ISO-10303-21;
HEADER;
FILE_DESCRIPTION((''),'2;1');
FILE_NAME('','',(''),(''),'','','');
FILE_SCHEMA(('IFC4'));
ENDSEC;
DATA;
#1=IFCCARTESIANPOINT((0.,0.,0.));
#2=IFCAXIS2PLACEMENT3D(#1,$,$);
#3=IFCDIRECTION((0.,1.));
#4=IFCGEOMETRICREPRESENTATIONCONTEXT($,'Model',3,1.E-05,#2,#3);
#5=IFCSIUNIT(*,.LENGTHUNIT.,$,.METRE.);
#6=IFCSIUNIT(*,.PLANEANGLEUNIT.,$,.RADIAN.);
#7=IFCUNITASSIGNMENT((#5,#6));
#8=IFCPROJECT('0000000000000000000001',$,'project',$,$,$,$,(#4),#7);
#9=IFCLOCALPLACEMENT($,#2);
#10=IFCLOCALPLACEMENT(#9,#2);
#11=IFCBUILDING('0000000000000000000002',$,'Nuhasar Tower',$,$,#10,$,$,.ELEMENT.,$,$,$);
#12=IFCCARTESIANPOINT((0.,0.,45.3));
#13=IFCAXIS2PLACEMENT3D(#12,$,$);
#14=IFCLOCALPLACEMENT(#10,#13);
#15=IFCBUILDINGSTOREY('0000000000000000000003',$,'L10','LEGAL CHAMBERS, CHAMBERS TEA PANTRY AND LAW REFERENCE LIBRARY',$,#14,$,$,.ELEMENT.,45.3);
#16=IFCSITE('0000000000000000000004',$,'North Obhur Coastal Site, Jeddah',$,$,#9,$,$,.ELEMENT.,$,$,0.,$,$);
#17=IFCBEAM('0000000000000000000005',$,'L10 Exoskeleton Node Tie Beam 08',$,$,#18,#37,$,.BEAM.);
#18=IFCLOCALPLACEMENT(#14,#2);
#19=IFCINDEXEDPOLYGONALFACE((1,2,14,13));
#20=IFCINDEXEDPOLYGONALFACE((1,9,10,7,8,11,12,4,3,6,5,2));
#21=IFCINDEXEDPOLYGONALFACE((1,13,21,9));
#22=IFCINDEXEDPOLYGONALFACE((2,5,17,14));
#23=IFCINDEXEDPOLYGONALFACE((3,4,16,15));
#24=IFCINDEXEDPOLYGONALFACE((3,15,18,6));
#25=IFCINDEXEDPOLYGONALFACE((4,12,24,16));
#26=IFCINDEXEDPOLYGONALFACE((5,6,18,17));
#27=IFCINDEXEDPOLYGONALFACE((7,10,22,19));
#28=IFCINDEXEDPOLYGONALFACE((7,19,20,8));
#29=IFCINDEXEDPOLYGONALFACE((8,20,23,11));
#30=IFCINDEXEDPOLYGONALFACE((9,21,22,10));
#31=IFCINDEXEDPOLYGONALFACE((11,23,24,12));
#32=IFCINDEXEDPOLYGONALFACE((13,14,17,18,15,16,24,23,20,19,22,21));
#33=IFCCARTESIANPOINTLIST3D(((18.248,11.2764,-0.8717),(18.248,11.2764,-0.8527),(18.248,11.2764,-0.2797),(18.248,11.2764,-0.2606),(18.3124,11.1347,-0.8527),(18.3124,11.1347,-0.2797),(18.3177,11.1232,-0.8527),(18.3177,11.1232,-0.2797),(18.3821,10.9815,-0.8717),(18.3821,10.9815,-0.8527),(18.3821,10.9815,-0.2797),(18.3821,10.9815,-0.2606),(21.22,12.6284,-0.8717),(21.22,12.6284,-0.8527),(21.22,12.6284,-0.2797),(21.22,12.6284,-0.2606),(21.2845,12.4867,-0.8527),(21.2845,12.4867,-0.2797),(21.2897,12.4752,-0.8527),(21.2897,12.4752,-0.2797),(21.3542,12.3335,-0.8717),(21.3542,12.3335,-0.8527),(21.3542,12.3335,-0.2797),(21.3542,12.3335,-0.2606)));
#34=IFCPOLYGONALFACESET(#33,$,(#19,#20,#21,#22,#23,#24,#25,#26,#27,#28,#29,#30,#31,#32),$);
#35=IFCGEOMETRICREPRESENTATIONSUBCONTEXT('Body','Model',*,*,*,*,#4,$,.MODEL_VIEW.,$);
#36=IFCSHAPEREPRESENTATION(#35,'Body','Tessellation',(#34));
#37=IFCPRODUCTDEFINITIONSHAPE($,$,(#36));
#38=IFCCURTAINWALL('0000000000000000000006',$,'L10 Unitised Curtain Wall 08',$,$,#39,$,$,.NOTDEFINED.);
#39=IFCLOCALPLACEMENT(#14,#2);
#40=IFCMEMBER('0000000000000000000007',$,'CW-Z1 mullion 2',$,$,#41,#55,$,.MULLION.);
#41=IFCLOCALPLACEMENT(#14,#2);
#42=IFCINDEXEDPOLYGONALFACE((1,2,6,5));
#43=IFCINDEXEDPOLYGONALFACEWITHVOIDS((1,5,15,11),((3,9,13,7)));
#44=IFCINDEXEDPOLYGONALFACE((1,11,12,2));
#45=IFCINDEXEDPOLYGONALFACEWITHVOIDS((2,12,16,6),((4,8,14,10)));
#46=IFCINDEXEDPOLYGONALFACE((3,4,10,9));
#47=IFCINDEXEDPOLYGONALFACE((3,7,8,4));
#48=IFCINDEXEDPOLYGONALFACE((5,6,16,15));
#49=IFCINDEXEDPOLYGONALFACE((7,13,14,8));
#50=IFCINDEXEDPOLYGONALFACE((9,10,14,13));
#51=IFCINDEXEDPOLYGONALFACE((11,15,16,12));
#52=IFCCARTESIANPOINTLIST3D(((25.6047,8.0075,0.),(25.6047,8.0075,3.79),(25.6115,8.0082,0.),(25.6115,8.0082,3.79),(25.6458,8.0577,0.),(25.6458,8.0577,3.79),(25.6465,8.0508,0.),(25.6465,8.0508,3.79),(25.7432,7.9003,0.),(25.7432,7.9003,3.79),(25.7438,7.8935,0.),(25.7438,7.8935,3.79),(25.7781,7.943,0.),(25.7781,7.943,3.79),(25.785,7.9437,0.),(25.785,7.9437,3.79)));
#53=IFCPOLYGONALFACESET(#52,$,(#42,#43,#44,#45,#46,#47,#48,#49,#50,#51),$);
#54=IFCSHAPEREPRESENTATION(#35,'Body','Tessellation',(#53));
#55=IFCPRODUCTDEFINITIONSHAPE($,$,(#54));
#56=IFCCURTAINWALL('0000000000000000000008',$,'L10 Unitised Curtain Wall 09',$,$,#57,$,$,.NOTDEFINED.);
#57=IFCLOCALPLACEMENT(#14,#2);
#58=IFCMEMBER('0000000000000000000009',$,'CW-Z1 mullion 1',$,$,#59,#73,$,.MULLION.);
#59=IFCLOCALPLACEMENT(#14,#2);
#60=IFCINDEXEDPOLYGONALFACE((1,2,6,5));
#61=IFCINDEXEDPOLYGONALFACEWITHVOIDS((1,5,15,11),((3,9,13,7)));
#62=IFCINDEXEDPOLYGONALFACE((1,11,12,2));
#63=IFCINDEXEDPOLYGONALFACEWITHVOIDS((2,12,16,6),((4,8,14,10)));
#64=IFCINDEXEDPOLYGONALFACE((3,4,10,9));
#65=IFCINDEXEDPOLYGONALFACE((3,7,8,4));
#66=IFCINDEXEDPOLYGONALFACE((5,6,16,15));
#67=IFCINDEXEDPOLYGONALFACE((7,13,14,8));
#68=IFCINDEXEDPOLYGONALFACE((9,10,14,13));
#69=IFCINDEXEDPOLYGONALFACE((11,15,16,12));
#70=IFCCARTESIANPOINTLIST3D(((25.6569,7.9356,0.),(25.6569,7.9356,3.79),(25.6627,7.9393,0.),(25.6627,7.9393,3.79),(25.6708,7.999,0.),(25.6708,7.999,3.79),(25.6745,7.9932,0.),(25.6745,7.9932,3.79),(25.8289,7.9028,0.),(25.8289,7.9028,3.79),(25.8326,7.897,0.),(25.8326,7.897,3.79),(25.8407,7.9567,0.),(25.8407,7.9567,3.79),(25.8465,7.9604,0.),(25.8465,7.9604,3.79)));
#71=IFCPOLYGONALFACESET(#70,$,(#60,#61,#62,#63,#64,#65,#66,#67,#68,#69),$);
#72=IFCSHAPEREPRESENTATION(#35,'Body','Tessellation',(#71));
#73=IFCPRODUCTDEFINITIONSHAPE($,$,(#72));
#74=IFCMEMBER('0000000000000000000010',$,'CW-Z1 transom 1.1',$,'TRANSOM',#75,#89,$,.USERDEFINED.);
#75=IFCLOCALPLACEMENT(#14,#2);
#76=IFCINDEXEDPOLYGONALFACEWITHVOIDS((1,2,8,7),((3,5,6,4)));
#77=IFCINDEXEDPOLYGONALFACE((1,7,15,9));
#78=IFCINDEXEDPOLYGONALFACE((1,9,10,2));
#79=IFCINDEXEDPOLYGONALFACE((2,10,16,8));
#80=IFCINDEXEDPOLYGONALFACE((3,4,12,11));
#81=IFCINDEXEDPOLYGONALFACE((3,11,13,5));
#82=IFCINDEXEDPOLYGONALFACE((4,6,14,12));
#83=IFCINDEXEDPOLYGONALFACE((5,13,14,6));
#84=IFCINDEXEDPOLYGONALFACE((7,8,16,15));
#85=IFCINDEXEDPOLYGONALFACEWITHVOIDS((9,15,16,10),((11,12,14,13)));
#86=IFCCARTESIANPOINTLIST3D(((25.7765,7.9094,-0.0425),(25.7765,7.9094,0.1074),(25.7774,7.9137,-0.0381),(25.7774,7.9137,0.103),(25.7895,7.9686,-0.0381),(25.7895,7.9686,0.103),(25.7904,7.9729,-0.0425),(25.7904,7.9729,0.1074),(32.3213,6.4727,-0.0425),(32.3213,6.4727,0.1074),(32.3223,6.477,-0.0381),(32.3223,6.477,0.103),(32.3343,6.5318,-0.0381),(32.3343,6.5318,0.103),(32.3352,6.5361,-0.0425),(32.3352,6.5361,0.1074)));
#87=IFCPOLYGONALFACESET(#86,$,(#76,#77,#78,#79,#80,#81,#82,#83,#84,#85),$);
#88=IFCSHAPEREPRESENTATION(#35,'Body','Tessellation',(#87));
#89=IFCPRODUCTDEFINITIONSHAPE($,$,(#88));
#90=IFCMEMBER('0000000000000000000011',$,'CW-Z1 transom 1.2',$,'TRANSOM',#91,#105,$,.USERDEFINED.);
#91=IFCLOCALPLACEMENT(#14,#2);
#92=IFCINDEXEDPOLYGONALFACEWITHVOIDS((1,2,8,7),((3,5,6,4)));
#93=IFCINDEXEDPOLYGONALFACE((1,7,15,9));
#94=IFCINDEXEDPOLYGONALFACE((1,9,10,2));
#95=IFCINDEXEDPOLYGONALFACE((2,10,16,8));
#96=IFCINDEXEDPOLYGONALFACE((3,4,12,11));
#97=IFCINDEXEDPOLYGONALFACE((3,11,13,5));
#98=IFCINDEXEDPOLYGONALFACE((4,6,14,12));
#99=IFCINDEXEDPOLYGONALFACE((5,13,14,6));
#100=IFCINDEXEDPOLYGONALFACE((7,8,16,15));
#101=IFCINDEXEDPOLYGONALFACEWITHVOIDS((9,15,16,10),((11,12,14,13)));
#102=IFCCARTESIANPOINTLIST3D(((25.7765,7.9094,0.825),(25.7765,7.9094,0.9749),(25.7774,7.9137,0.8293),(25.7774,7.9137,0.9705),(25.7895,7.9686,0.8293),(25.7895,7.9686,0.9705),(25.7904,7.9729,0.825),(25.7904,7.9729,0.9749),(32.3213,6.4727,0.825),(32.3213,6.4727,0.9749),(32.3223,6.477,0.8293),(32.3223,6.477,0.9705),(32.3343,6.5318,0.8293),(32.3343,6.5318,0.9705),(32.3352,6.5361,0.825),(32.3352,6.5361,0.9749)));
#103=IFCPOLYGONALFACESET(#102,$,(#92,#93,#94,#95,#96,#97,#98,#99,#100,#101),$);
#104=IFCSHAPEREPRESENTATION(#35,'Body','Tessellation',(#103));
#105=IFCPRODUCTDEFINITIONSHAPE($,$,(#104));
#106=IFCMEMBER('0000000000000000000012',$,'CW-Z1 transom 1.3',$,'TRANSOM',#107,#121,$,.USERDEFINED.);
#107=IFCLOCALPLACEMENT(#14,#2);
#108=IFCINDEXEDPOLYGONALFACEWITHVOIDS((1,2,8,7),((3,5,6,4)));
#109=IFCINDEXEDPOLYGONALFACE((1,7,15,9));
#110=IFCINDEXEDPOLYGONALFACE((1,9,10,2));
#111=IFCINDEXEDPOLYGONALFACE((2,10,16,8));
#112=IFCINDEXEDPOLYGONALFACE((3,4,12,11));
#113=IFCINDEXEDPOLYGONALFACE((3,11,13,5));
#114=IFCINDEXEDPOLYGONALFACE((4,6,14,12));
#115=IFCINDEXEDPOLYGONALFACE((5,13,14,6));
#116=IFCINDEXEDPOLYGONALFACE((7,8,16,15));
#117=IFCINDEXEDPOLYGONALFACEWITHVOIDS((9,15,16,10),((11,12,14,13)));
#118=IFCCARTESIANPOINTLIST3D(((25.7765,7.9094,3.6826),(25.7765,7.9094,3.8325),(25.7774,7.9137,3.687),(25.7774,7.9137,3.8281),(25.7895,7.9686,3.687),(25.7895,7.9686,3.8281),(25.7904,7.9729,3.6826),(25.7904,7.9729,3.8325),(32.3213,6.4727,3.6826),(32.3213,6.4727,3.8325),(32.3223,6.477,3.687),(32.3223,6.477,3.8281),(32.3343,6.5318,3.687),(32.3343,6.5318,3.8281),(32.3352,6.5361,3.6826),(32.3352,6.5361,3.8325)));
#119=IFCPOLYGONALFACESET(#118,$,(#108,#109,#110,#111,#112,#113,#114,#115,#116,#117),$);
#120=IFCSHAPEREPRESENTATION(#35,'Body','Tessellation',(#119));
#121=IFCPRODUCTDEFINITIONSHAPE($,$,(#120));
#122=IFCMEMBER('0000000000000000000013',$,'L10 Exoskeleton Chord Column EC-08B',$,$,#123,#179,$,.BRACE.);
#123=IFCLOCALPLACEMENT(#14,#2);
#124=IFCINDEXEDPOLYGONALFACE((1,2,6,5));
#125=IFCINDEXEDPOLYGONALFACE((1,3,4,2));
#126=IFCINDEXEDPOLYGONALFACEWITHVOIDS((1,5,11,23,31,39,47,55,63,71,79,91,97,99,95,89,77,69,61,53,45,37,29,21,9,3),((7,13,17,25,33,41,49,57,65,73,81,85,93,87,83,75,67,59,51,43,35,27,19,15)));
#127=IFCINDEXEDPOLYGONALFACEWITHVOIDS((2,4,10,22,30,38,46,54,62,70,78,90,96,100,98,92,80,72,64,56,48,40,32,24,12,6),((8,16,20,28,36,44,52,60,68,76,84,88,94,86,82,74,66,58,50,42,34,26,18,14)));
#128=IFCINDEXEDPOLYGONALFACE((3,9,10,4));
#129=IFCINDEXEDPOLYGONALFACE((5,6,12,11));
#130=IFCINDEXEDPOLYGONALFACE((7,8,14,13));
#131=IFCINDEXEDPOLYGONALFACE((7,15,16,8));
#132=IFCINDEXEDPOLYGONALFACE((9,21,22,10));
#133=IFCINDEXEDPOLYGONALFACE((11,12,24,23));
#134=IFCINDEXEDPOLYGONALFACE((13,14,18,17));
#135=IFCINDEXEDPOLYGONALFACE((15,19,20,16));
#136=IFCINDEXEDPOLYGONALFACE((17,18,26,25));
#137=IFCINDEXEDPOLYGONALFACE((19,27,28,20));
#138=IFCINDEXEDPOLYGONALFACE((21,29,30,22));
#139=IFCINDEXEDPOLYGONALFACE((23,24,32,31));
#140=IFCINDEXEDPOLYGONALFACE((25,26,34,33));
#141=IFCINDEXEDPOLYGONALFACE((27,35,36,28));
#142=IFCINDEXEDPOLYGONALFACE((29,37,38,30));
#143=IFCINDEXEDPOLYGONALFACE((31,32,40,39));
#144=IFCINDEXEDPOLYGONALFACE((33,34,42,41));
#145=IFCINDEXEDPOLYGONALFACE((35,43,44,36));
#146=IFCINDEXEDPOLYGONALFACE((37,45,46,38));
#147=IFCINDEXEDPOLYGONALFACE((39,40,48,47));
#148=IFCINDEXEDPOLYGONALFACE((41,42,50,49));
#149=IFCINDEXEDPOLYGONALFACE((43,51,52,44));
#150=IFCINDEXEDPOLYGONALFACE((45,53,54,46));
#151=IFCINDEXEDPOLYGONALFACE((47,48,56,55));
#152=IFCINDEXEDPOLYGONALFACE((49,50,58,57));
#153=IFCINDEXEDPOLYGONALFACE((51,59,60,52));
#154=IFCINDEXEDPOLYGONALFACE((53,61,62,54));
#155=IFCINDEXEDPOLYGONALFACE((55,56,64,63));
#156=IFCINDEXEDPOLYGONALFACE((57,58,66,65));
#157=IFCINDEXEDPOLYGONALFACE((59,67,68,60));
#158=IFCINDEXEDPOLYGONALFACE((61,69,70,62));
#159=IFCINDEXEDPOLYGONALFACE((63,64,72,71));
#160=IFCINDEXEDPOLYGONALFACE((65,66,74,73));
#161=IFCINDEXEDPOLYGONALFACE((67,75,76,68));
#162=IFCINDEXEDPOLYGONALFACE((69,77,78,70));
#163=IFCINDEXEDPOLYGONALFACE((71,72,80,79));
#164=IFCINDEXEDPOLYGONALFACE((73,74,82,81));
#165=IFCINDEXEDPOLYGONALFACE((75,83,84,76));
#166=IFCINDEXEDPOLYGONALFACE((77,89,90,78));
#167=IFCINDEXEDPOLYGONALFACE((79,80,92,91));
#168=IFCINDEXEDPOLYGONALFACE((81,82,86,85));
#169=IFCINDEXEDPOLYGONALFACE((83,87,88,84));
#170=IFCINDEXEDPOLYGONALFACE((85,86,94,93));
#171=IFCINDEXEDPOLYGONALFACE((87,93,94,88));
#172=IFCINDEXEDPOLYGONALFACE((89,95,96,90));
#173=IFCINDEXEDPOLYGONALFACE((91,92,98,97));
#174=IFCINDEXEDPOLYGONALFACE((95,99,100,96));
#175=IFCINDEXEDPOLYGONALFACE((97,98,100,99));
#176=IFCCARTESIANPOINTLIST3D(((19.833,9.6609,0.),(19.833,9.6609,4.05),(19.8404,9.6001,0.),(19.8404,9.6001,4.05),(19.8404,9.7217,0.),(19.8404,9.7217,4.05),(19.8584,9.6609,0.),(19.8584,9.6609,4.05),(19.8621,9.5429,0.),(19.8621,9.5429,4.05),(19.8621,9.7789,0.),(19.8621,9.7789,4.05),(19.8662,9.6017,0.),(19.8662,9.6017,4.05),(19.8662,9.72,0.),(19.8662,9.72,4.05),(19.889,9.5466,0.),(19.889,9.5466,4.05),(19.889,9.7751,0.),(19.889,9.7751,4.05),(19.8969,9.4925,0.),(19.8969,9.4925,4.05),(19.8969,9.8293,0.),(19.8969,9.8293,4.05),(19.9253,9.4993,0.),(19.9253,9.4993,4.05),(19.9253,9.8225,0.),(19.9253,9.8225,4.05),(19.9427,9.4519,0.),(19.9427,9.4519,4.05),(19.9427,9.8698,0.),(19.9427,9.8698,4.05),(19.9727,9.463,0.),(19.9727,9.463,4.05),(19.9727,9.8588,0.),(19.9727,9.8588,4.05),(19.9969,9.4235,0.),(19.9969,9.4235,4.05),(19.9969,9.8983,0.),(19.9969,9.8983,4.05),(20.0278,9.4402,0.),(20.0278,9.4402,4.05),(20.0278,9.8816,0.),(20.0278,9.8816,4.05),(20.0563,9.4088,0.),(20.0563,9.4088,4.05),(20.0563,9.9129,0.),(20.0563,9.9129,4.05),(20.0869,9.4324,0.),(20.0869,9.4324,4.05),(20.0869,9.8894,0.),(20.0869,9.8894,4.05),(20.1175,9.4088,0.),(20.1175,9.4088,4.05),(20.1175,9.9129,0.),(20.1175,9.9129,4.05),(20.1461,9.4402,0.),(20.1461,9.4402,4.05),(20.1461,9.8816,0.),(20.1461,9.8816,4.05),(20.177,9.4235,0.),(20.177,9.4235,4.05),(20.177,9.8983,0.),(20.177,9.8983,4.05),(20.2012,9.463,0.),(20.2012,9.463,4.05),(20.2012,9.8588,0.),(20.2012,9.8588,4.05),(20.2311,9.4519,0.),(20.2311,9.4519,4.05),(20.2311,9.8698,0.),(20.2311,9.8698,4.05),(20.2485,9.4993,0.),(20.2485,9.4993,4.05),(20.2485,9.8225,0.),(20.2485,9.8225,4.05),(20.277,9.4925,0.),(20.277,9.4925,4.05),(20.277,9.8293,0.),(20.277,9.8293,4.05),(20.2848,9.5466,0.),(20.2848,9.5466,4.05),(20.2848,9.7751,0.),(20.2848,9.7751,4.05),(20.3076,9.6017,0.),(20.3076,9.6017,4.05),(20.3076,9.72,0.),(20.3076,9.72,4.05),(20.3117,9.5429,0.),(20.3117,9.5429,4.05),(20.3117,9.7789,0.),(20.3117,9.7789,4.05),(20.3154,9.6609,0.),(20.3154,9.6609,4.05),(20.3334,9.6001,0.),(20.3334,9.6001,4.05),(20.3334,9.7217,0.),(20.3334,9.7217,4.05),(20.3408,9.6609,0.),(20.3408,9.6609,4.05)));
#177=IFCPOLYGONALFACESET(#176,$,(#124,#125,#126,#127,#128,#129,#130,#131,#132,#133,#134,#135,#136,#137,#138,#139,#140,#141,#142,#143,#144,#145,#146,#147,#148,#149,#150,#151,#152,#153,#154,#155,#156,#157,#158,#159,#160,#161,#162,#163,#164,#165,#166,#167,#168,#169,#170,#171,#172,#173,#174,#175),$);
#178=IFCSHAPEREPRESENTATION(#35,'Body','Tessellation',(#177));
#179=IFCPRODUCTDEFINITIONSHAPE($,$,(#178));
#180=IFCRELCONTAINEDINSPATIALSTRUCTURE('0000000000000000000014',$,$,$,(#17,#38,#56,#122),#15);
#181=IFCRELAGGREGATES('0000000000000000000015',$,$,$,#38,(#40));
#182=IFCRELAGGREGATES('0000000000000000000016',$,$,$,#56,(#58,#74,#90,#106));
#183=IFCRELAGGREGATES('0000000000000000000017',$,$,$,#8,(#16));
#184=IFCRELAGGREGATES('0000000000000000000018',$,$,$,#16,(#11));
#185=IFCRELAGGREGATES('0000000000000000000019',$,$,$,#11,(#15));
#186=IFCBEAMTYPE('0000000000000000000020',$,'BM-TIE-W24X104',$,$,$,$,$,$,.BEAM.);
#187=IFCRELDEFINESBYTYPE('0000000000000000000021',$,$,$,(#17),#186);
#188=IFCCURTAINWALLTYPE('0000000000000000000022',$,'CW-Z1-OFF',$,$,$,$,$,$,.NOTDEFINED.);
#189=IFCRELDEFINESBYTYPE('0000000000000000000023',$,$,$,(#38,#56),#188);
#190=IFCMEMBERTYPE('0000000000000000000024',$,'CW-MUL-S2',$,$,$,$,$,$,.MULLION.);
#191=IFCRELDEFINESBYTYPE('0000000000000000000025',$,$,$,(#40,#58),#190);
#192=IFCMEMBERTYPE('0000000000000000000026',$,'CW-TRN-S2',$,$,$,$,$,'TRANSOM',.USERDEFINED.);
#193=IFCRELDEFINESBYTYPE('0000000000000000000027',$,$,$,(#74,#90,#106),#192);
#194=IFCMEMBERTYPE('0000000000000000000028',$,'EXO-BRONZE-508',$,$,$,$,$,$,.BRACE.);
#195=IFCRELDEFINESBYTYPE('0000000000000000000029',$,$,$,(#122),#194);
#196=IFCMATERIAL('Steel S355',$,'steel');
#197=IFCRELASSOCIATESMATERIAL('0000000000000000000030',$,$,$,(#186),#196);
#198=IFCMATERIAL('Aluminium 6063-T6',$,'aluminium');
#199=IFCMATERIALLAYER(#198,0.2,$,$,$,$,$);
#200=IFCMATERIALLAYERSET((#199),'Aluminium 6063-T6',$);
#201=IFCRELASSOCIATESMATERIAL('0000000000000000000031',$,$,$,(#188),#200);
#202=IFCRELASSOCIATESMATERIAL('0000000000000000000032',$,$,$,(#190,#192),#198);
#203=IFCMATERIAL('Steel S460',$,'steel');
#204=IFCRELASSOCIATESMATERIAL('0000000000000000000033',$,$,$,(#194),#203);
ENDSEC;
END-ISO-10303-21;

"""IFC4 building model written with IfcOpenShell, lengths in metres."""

from ifc_helpers import new_model, si_unit, direction, frame, origin, origin_2d, place, context, subcontext, project, spatial, hollow_rectangle, hollow_circle, i_section, extrude, material, layer, layer_set, material_profile, profile_set, type_object, element, aggregate, save


model = new_model("IFC4")

# Units and contexts
model_context = context("Model", 3, precision=1e-05, world=origin(), true_north=direction((0.0, 1.0)))
body_context = subcontext(model_context, "Body", "Model", "MODEL_VIEW")
ifc_project = project(units=[si_unit("LENGTHUNIT", "METRE"), si_unit("PLANEANGLEUNIT", "RADIAN")], contexts=[model_context])

# Site, building, storey
site_placement = place(None, origin())
site = spatial("IfcSite", under=ifc_project, at=site_placement, Name="North Obhur Coastal Site, Jeddah", CompositionType="ELEMENT", RefElevation=0.0)
building_placement = place(site_placement, origin())
building = spatial("IfcBuilding", under=site, at=building_placement, Name="Nuhasar Tower", CompositionType="ELEMENT")
storey_placement = place(building_placement, frame((0.0, 0.0, 45.3)))
storey = spatial("IfcBuildingStorey", under=building, at=storey_placement, Name="L10", Description="LEGAL CHAMBERS, CHAMBERS TEA PANTRY AND LAW REFERENCE LIBRARY", CompositionType="ELEMENT", Elevation=45.3)

# Beam
ifc_material_1 = material(Name="Steel S355", Category="steel")
ifc_material_profile_1 = material_profile(ifc_material_1, i_section(OverallWidth=0.324, OverallDepth=0.6111, WebThickness=0.0127, FlangeThickness=0.019, at=origin_2d()), Name="W24X104")
ifc_profile_set_1 = profile_set([ifc_material_profile_1], Name="Steel S355")
beam_type_1 = type_object("IfcBeamType", Name="BM-TIE-W24X104", PredefinedType="BEAM", material=ifc_profile_set_1)
beam_1_placement = place(storey_placement, frame((21.2871, 12.481, -0.5662), z_axis=(-0.910244, -0.414073, 0.0), x_axis=(0.414073, -0.910244, 0.0)))
element("IfcBeam", 1, at=beam_1_placement, inside=storey, type_object=beam_type_1, Name="L10 Exoskeleton Node Tie Beam 08", PredefinedType="BEAM", context=body_context, shape_type="SweptSolid", body=[
    extrude(i_section(OverallWidth=0.324, OverallDepth=0.6111, WebThickness=0.0127, FlangeThickness=0.019, at=origin_2d()), origin(), (0.0, 0.0, 1.0), 3.2651),
])

# Curtain wall, member
ifc_material_2 = material(Name="Aluminium 6063-T6", Category="aluminium")
ifc_layer_1 = layer(ifc_material_2, 0.2)
ifc_layer_set_1 = layer_set([ifc_layer_1], Name="Aluminium 6063-T6")
curtain_wall_type = type_object("IfcCurtainWallType", Name="CW-Z1-OFF", PredefinedType="NOTDEFINED", material=ifc_layer_set_1)
curtain_wall_1_placement = place(storey_placement, origin())
curtain_wall_1 = element("IfcCurtainWall", 2, at=curtain_wall_1_placement, inside=storey, type_object=curtain_wall_type, Name="L10 Unitised Curtain Wall 08", PredefinedType="NOTDEFINED")
ifc_material_profile_2 = material_profile(ifc_material_2, hollow_rectangle(XDim=0.0649, YDim=0.1799, WallThickness=0.0049, at=origin_2d()), Name="CWM-2")
ifc_profile_set_2 = profile_set([ifc_material_profile_2], Name="Aluminium 6063-T6")
member_type_1 = type_object("IfcMemberType", Name="CW-MUL-S2", PredefinedType="MULLION", material=ifc_profile_set_2)
member_1_placement = place(storey_placement, frame((25.6948, 7.9756, 0.0), z_axis=(0.0, 0.0, 1.0), x_axis=(0.633745, 0.773542, 0.0)))
member_1 = element("IfcMember", 3, at=member_1_placement, type_object=member_type_1, Name="CW-Z1 mullion 2", PredefinedType="MULLION", context=body_context, shape_type="SweptSolid", body=[
    extrude(hollow_rectangle(XDim=0.0649, YDim=0.1799, WallThickness=0.0049, at=origin_2d()), origin(), (0.0, 0.0, 1.0), 3.79),
])

# Curtain wall, members
curtain_wall_2_placement = place(storey_placement, origin())
curtain_wall_2 = element("IfcCurtainWall", 4, at=curtain_wall_2_placement, inside=storey, type_object=curtain_wall_type, Name="L10 Unitised Curtain Wall 09", PredefinedType="NOTDEFINED")
member_2_placement = place(storey_placement, frame((25.7517, 7.948, 0.0), z_axis=(0.0, 0.0, 1.0), x_axis=(0.214399, 0.976746, 0.0)))
member_2 = element("IfcMember", 5, at=member_2_placement, type_object=member_type_1, Name="CW-Z1 mullion 1", PredefinedType="MULLION", context=body_context, shape_type="SweptSolid", body=[
    extrude(hollow_rectangle(XDim=0.0649, YDim=0.1799, WallThickness=0.0049, at=origin_2d()), origin(), (0.0, 0.0, 1.0), 3.79),
])
ifc_material_profile_3 = material_profile(ifc_material_2, hollow_rectangle(XDim=0.0649, YDim=0.1499, WallThickness=0.0044, at=origin_2d()), Name="CWT-2")
ifc_profile_set_3 = profile_set([ifc_material_profile_3], Name="Aluminium 6063-T6")
member_type_2 = type_object("IfcMemberType", Name="CW-TRN-S2", ElementType="TRANSOM", PredefinedType="USERDEFINED", material=ifc_profile_set_3)
member_3_placement = place(storey_placement, frame((25.7834, 7.9412, 0.0325), z_axis=(0.976742, -0.214418, 0.0), x_axis=(0.214418, 0.976742, 0.0)))
member_3 = element("IfcMember", 6, at=member_3_placement, type_object=member_type_2, Name="CW-Z1 transom 1.1", ObjectType="TRANSOM", PredefinedType="USERDEFINED", context=body_context, shape_type="SweptSolid", body=[
    extrude(hollow_rectangle(XDim=0.0649, YDim=0.1499, WallThickness=0.0044, at=origin_2d()), origin(), (0.0, 0.0, 1.0), 6.7007),
])
member_4_placement = place(storey_placement, frame((25.7834, 7.9412, 0.8999), z_axis=(0.976742, -0.214418, 0.0), x_axis=(0.214418, 0.976742, 0.0)))
member_4 = element("IfcMember", 7, at=member_4_placement, type_object=member_type_2, Name="CW-Z1 transom 1.2", ObjectType="TRANSOM", PredefinedType="USERDEFINED", context=body_context, shape_type="SweptSolid", body=[
    extrude(hollow_rectangle(XDim=0.0649, YDim=0.1499, WallThickness=0.0044, at=origin_2d()), origin(), (0.0, 0.0, 1.0), 6.7007),
])
member_5_placement = place(storey_placement, frame((25.7834, 7.9412, 3.7576), z_axis=(0.976742, -0.214418, 0.0), x_axis=(0.214418, 0.976742, 0.0)))
member_5 = element("IfcMember", 8, at=member_5_placement, type_object=member_type_2, Name="CW-Z1 transom 1.3", ObjectType="TRANSOM", PredefinedType="USERDEFINED", context=body_context, shape_type="SweptSolid", body=[
    extrude(hollow_rectangle(XDim=0.0649, YDim=0.1499, WallThickness=0.0044, at=origin_2d()), origin(), (0.0, 0.0, 1.0), 6.7007),
])

# Member
ifc_material_3 = material(Name="Steel S460", Category="steel")
ifc_material_profile_4 = material_profile(ifc_material_3, hollow_circle(Radius=0.2539, WallThickness=0.0254, at=origin_2d()), Name="HSS508X25.4")
ifc_profile_set_4 = profile_set([ifc_material_profile_4], Name="Steel S460")
member_type_3 = type_object("IfcMemberType", Name="EXO-BRONZE-508", PredefinedType="BRACE", material=ifc_profile_set_4)
member_6_placement = place(storey_placement, frame((20.0869, 9.6609, 0.0), z_axis=(0.0, 0.0, 1.0), x_axis=(1.0, 0.0, 0.0)))
element("IfcMember", 9, at=member_6_placement, inside=storey, type_object=member_type_3, Name="L10 Exoskeleton Chord Column EC-08B", PredefinedType="BRACE", context=body_context, shape_type="SweptSolid", body=[
    extrude(hollow_circle(Radius=0.2539, WallThickness=0.0254, at=origin_2d()), origin(), (0.0, 0.0, 1.0), 4.05),
])

aggregate(curtain_wall_1, [member_1])
aggregate(curtain_wall_2, [member_2, member_3, member_4, member_5])

save(model, "model.ifc")
